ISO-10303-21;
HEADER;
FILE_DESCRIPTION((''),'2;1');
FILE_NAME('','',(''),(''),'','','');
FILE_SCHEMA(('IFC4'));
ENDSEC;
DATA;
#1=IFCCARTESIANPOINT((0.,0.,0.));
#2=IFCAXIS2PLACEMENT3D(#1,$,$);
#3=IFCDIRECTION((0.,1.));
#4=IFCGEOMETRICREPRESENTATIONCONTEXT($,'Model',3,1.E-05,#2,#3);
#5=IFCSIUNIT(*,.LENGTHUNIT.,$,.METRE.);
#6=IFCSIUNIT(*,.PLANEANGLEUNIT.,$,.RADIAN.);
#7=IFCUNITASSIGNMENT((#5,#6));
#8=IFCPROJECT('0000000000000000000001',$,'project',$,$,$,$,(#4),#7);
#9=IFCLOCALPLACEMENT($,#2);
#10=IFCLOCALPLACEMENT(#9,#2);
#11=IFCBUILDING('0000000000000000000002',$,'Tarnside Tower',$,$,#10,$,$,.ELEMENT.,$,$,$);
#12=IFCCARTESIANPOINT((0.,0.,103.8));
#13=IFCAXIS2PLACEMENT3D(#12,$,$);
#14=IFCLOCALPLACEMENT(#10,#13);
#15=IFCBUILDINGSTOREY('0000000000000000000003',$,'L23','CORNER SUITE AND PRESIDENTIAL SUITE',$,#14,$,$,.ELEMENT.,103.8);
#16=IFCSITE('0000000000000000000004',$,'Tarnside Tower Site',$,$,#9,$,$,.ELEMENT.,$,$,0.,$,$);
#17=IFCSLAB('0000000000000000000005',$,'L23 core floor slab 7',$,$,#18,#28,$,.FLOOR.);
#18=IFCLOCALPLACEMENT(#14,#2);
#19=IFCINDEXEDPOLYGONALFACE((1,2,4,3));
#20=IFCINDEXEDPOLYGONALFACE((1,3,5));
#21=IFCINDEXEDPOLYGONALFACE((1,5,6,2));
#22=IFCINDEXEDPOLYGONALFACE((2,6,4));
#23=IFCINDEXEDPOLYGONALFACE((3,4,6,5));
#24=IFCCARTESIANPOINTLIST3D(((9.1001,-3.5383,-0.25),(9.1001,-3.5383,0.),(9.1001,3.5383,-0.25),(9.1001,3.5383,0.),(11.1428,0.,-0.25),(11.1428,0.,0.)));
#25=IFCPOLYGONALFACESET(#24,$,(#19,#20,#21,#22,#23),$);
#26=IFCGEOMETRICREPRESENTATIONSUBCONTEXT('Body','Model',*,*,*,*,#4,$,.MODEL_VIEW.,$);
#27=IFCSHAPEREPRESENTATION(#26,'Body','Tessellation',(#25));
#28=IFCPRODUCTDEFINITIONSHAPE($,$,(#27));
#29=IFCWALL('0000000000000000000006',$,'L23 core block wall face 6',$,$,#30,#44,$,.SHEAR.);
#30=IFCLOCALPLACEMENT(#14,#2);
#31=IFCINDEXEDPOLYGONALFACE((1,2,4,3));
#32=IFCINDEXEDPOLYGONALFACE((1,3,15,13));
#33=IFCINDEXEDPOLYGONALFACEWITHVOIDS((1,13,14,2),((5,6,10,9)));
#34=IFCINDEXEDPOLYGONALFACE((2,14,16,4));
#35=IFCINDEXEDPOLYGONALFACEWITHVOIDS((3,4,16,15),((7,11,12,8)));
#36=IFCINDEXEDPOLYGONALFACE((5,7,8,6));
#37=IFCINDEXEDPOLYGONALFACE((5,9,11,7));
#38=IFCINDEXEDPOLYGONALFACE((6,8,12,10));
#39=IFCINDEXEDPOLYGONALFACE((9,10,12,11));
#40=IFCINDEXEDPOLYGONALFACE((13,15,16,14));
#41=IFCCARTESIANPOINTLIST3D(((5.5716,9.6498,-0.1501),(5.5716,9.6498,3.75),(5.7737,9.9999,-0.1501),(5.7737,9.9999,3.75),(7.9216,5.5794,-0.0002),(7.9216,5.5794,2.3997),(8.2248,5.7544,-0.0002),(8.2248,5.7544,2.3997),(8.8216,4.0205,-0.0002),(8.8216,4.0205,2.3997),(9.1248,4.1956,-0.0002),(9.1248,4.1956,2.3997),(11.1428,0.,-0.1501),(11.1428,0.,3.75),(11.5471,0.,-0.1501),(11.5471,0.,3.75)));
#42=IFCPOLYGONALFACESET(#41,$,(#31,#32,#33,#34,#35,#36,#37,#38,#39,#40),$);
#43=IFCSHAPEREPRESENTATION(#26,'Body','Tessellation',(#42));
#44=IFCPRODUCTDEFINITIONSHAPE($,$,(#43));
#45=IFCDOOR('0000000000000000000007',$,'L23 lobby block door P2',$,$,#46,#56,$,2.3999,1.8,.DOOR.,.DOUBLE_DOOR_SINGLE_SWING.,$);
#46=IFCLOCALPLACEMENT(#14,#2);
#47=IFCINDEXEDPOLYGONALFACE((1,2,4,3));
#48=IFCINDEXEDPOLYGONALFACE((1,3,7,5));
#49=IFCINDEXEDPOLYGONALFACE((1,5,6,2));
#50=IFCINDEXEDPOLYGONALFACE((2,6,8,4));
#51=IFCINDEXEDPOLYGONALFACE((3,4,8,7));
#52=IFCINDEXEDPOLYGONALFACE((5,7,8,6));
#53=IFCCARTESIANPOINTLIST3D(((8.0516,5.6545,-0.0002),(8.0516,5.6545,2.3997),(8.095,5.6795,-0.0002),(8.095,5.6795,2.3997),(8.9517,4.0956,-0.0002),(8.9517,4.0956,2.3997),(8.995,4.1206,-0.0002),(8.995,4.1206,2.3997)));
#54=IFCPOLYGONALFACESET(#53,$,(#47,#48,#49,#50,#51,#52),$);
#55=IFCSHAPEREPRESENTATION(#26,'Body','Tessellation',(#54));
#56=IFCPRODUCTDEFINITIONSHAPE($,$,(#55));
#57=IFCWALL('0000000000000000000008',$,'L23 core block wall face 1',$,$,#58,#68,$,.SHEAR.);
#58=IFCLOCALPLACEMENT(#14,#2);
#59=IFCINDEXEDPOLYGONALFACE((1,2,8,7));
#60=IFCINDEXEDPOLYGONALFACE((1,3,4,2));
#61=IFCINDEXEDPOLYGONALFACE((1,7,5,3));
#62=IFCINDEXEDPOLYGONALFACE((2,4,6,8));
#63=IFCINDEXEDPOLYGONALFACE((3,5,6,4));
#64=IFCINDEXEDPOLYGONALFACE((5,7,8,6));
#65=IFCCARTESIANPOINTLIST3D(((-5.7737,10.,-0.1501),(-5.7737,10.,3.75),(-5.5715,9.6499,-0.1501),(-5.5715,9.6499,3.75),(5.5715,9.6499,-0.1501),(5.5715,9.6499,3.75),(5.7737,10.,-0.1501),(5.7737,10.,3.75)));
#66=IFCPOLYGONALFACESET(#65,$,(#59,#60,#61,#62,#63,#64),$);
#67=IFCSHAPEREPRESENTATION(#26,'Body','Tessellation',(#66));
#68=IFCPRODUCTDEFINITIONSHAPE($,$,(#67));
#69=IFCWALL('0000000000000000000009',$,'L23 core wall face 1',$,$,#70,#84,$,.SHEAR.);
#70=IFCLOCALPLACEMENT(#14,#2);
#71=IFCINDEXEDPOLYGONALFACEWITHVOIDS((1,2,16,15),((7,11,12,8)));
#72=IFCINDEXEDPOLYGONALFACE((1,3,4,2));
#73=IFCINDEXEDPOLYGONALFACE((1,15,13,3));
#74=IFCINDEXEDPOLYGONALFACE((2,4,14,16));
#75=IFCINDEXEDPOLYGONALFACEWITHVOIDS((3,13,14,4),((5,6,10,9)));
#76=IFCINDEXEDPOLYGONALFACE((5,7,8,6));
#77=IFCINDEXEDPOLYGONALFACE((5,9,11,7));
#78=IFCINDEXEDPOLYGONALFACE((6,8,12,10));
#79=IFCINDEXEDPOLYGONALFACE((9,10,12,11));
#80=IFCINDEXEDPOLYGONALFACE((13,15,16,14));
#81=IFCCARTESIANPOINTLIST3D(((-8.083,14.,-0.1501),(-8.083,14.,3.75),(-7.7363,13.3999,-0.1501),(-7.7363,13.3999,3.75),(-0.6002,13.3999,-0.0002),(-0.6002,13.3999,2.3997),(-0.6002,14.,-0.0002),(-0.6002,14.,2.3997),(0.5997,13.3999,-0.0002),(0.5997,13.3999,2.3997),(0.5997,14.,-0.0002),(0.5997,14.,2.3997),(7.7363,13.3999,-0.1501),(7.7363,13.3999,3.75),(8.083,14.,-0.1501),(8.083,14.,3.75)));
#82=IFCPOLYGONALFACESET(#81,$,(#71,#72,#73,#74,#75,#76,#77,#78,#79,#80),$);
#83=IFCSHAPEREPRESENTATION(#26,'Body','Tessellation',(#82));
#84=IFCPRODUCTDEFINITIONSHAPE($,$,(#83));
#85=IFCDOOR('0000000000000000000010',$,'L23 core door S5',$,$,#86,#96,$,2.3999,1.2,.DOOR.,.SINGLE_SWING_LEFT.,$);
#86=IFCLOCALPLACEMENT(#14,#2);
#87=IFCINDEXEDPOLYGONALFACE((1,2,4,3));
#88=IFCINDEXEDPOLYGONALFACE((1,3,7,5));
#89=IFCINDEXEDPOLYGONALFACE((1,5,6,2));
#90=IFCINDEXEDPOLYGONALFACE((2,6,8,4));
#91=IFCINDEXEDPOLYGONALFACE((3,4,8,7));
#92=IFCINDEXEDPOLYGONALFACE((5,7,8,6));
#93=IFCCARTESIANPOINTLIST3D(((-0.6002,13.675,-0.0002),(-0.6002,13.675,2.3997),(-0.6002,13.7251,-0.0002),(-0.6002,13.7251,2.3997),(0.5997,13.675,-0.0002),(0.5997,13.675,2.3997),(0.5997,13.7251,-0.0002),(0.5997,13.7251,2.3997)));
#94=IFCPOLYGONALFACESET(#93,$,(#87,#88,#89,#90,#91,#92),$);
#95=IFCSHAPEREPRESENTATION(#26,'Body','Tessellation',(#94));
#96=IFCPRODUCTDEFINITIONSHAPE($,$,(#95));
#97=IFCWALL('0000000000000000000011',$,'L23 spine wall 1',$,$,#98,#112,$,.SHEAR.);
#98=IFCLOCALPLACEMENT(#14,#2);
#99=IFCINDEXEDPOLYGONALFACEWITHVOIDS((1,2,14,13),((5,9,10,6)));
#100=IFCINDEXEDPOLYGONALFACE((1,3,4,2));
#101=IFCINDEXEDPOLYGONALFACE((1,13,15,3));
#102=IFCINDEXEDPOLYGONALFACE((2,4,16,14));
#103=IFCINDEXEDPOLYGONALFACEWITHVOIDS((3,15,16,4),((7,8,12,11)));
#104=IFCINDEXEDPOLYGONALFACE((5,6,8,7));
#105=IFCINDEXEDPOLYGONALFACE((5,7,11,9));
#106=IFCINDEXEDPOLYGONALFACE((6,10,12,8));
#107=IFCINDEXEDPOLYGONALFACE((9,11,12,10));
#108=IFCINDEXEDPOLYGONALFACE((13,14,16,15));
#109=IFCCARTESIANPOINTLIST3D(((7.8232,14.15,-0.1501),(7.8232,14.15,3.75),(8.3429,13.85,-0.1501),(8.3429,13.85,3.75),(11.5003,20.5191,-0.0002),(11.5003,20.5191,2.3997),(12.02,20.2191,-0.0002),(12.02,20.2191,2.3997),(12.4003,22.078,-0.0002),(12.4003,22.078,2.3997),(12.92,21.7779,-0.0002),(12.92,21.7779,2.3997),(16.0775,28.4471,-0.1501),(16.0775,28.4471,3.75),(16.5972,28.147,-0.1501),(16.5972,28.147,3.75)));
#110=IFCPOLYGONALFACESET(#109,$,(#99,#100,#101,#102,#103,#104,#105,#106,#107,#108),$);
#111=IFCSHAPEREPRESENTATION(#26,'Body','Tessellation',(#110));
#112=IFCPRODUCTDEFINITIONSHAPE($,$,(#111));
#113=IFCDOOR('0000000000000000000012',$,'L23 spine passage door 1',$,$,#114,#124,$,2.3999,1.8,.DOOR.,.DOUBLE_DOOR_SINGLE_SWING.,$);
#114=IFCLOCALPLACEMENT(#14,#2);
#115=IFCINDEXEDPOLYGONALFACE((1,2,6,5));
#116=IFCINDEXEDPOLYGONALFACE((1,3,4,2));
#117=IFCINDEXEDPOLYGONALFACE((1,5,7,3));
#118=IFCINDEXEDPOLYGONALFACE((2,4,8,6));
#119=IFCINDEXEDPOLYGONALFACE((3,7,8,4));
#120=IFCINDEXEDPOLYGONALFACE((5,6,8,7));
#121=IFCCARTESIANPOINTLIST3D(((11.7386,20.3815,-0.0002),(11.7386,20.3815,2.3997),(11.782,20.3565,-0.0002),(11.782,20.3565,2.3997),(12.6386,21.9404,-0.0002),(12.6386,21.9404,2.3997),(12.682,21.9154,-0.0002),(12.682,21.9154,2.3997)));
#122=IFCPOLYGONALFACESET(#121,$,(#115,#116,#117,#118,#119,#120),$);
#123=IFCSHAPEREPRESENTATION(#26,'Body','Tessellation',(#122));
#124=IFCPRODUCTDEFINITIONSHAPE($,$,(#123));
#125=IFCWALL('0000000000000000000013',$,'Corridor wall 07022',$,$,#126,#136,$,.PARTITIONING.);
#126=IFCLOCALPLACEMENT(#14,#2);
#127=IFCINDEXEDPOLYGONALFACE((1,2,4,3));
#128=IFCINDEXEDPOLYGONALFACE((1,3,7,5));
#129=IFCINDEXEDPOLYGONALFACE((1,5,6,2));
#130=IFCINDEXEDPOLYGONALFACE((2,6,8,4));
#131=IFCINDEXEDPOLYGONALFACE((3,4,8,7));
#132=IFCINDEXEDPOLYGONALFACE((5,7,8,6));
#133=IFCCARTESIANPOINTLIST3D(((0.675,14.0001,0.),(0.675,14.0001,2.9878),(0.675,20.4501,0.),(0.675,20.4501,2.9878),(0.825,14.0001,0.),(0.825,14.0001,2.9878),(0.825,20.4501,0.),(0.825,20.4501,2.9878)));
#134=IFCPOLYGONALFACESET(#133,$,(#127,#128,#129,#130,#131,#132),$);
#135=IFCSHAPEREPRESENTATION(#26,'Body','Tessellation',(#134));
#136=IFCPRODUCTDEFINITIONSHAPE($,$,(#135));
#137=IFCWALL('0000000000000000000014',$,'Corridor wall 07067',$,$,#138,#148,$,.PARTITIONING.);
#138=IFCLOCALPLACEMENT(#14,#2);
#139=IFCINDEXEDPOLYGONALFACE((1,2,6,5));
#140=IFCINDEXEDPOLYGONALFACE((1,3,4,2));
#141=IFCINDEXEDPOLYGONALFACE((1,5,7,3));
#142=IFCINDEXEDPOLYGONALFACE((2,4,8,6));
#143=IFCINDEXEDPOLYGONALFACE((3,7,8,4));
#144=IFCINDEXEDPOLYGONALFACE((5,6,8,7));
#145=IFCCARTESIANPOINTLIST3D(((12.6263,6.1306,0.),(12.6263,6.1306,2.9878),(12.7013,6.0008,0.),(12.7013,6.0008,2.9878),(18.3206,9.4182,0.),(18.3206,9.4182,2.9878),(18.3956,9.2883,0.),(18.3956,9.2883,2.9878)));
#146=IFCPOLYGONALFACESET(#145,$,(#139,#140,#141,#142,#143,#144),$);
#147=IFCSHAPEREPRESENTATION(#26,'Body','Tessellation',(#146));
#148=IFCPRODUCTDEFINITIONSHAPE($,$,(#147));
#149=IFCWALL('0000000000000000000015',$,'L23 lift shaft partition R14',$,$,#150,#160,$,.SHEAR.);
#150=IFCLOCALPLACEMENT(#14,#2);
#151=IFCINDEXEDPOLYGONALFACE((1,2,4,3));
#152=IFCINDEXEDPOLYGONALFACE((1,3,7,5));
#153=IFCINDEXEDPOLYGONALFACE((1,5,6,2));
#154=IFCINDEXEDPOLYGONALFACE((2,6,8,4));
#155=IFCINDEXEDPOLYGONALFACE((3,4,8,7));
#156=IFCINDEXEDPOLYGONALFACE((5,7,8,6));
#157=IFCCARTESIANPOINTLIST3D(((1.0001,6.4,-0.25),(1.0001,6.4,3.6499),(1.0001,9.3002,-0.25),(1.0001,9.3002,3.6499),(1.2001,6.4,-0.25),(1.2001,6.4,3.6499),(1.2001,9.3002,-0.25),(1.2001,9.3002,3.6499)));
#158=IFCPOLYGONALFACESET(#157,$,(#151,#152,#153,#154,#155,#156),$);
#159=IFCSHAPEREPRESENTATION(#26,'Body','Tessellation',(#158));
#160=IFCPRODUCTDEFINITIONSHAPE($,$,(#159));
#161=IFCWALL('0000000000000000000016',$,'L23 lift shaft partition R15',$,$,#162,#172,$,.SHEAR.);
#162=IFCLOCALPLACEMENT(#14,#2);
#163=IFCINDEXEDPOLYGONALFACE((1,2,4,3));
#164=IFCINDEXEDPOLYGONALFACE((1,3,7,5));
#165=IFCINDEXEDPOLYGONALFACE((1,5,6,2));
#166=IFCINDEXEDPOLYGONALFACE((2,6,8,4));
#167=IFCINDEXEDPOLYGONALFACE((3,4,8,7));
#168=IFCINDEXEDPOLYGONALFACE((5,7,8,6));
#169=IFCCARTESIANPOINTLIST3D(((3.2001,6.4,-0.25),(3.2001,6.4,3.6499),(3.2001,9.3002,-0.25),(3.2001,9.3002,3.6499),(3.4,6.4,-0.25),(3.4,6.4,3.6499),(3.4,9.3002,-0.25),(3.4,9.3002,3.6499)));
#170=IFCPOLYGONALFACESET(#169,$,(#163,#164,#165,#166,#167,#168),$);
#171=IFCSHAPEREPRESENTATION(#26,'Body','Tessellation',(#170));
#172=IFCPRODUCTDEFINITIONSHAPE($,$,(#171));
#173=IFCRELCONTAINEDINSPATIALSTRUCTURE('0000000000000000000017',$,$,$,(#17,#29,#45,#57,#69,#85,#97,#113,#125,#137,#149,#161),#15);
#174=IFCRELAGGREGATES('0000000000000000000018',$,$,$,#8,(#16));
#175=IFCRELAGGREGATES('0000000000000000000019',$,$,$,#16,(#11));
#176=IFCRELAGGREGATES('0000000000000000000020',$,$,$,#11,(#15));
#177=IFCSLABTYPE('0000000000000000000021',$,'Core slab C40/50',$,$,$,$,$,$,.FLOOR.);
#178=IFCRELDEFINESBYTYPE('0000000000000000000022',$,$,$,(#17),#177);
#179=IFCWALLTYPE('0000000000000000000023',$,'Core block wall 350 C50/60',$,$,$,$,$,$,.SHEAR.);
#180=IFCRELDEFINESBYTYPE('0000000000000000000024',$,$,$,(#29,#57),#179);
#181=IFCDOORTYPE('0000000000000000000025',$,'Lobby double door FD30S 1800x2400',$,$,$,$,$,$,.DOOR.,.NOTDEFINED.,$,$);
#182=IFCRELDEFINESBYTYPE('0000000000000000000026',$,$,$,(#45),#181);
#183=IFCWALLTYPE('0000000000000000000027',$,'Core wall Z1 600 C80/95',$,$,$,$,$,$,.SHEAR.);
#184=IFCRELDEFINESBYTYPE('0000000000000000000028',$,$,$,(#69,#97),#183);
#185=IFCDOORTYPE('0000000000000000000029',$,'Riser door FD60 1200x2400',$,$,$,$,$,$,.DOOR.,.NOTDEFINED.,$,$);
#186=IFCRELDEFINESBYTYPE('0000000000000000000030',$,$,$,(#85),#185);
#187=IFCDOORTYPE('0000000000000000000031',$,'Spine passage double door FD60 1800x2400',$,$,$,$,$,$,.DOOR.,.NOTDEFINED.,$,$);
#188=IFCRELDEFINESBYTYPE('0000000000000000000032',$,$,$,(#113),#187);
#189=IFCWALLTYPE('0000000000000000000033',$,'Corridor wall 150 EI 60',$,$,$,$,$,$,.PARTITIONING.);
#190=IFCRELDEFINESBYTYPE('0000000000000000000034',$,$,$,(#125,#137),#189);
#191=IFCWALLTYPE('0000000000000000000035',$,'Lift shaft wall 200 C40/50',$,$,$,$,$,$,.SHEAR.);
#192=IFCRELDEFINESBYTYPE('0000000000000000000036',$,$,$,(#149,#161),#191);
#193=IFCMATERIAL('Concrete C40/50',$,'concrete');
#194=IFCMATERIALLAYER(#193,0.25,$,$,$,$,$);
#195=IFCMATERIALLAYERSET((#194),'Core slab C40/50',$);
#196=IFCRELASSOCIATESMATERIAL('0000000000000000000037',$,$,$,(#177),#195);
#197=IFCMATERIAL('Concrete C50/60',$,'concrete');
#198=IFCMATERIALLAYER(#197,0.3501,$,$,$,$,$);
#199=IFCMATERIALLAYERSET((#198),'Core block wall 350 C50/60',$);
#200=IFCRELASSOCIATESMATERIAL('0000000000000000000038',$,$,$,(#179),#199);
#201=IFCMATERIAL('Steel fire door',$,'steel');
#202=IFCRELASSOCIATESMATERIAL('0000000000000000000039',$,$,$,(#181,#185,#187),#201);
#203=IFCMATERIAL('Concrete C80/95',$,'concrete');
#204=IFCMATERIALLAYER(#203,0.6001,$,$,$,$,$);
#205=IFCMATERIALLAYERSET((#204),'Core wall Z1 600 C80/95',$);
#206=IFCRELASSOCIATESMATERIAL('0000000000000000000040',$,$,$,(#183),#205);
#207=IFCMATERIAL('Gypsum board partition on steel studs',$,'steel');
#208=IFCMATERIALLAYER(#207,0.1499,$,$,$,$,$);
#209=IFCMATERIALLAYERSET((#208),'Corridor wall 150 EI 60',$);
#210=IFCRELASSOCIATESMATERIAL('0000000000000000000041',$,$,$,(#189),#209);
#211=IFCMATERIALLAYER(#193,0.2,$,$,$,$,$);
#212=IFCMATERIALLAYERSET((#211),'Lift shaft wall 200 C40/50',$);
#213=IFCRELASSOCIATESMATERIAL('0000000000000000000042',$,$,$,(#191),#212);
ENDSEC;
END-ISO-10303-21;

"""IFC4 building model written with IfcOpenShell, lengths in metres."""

from ifc_helpers import new_model, si_unit, direction, frame, frame_2d, origin, place, context, subcontext, project, spatial, polyline, rectangle, outline, extrude, material, layer, layer_set, type_object, element, fill, save


model = new_model("IFC4")

# Units and contexts
model_context = context("Model", 3, precision=1e-05, world=origin(), true_north=direction((0.0, 1.0)))
body_context = subcontext(model_context, "Body", "Model", "MODEL_VIEW")
ifc_project = project(units=[si_unit("LENGTHUNIT", "METRE"), si_unit("PLANEANGLEUNIT", "RADIAN")], contexts=[model_context])

# Site, building, storey
site_placement = place(None, origin())
site = spatial("IfcSite", under=ifc_project, at=site_placement, Name="Tarnside Tower Site", CompositionType="ELEMENT", RefElevation=0.0)
building_placement = place(site_placement, origin())
building = spatial("IfcBuilding", under=site, at=building_placement, Name="Tarnside Tower", CompositionType="ELEMENT")
storey_placement = place(building_placement, frame((0.0, 0.0, 103.8)))
storey = spatial("IfcBuildingStorey", under=building, at=storey_placement, Name="L23", Description="CORNER SUITE AND PRESIDENTIAL SUITE", CompositionType="ELEMENT", Elevation=103.8)

# Slab
ifc_material_1 = material(Name="Concrete C40/50", Category="concrete")
ifc_layer_1 = layer(ifc_material_1, 0.25)
ifc_layer_set_1 = layer_set([ifc_layer_1], Name="Core slab C40/50")
slab_type = type_object("IfcSlabType", Name="Core slab C40/50", PredefinedType="FLOOR", material=ifc_layer_set_1)
slab_placement = place(storey_placement, frame((0.0, 0.0, -0.25)))
element("IfcSlab", 1, at=slab_placement, inside=storey, type_object=slab_type, Name="L23 core floor slab 7", PredefinedType="FLOOR", context=body_context, shape_type="SweptSolid", body=[
    extrude(outline(polyline([(9.1001, -3.5383), (9.1001, 3.5383), (11.1428, 0.0), (9.1001, -3.5383)])), origin(), (0.0, 0.0, 1.0), 0.25),
])

# Wall, opening, door
ifc_material_2 = material(Name="Concrete C50/60", Category="concrete")
ifc_layer_2 = layer(ifc_material_2, 0.3501)
ifc_layer_set_2 = layer_set([ifc_layer_2], Name="Core block wall 350 C50/60")
wall_type_1 = type_object("IfcWallType", Name="Core block wall 350 C50/60", PredefinedType="SHEAR", material=ifc_layer_set_2)
wall_1_placement = place(storey_placement, frame((11.345, 0.0, -0.1501), z_axis=(0.0, 0.0, 1.0), x_axis=(-0.499995, 0.866028, 0.0)))
wall_1 = element("IfcWall", 2, at=wall_1_placement, inside=storey, type_object=wall_type_1, Name="L23 core block wall face 6", PredefinedType="SHEAR", context=body_context, shape_type="SweptSolid", body=[
    extrude(outline(polyline([(-0.1011, -0.175), (11.4458, -0.175), (11.2437, 0.175), (0.1011, 0.175), (-0.1011, -0.175)])), origin(), (0.0, 0.0, 1.0), 3.9001),
])
opening_1_placement = place(wall_1_placement, frame((4.7437, 0.0, 0.1499)))
opening_1 = element("IfcOpeningElement", 3, at=opening_1_placement, cuts=wall_1, PredefinedType="OPENING", context=body_context, shape_type="SweptSolid", body=[
    extrude(rectangle(XDim=1.8, YDim=2.3999, at=frame_2d((0.8999, 1.2))), frame((0.0, 0.1851, 0.0), z_axis=(0.0, -1.0, 0.0), x_axis=(1.0, 0.0, 0.0)), (0.0, 0.0, 1.0), 0.3701),
])
ifc_material_3 = material(Name="Steel fire door", Category="steel")
door_type_1 = type_object("IfcDoorType", Name="Lobby double door FD30S 1800x2400", OperationType="NOTDEFINED", PredefinedType="DOOR", material=ifc_material_3)
door_1_placement = place(opening_1_placement, origin())
door_1 = element("IfcDoor", 4, at=door_1_placement, inside=storey, type_object=door_type_1, Name="L23 lobby block door P2", OperationType="DOUBLE_DOOR_SINGLE_SWING", OverallHeight=2.3999, OverallWidth=1.8, PredefinedType="DOOR", context=body_context, shape_type="SweptSolid", body=[
    extrude(rectangle(XDim=1.8, YDim=2.3999, at=frame_2d((0.8999, 1.2))), frame((0.0, 0.0249, 0.0), z_axis=(0.0, -1.0, 0.0), x_axis=(1.0, 0.0, 0.0)), (0.0, 0.0, 1.0), 0.05),
])
fill(opening_1, door_1)

# Wall
wall_2_placement = place(storey_placement, frame((5.6726, 9.825, -0.1501), z_axis=(0.0, 0.0, 1.0), x_axis=(-1.0, 0.0, 0.0)))
element("IfcWall", 5, at=wall_2_placement, inside=storey, type_object=wall_type_1, Name="L23 core block wall face 1", PredefinedType="SHEAR", context=body_context, shape_type="SweptSolid", body=[
    extrude(outline(polyline([(-0.1011, -0.175), (11.4463, -0.175), (11.2441, 0.175), (0.1011, 0.175), (-0.1011, -0.175)])), origin(), (0.0, 0.0, 1.0), 3.9001),
])

# Walls, openings, doors
ifc_material_4 = material(Name="Concrete C80/95", Category="concrete")
ifc_layer_3 = layer(ifc_material_4, 0.6001)
ifc_layer_set_3 = layer_set([ifc_layer_3], Name="Core wall Z1 600 C80/95")
wall_type_2 = type_object("IfcWallType", Name="Core wall Z1 600 C80/95", PredefinedType="SHEAR", material=ifc_layer_set_3)
wall_3_placement = place(storey_placement, frame((7.9097, 13.7, -0.1501), z_axis=(0.0, 0.0, 1.0), x_axis=(-1.0, 0.0, 0.0)))
wall_3 = element("IfcWall", 6, at=wall_3_placement, inside=storey, type_object=wall_type_2, Name="L23 core wall face 1", PredefinedType="SHEAR", context=body_context, shape_type="SweptSolid", body=[
    extrude(outline(polyline([(-0.1733, -0.3), (15.9927, -0.3), (15.646, 0.3), (0.1733, 0.3), (-0.1733, -0.3)])), origin(), (0.0, 0.0, 1.0), 3.9001),
])
opening_2_placement = place(wall_3_placement, frame((7.3098, 0.0, 0.1499)))
opening_2 = element("IfcOpeningElement", 7, at=opening_2_placement, cuts=wall_3, PredefinedType="OPENING", context=body_context, shape_type="SweptSolid", body=[
    extrude(rectangle(XDim=1.2, YDim=2.3999, at=frame_2d((0.6001, 1.2))), frame((0.0, 0.3101, 0.0), z_axis=(0.0, -1.0, 0.0), x_axis=(1.0, 0.0, 0.0)), (0.0, 0.0, 1.0), 0.6201),
])
door_type_2 = type_object("IfcDoorType", Name="Riser door FD60 1200x2400", OperationType="NOTDEFINED", PredefinedType="DOOR", material=ifc_material_3)
door_2_placement = place(opening_2_placement, origin())
door_2 = element("IfcDoor", 8, at=door_2_placement, inside=storey, type_object=door_type_2, Name="L23 core door S5", OperationType="SINGLE_SWING_LEFT", OverallHeight=2.3999, OverallWidth=1.2, PredefinedType="DOOR", context=body_context, shape_type="SweptSolid", body=[
    extrude(rectangle(XDim=1.2, YDim=2.3999, at=frame_2d((0.6001, 1.2))), frame((0.0, 0.0249, 0.0), z_axis=(0.0, -1.0, 0.0), x_axis=(1.0, 0.0, 0.0)), (0.0, 0.0, 1.0), 0.05),
])
fill(opening_2, door_2)
wall_4_placement = place(storey_placement, frame((8.083, 14.0, -0.1501), z_axis=(0.0, 0.0, 1.0), x_axis=(0.499998, 0.866027, 0.0)))
wall_4 = element("IfcWall", 9, at=wall_4_placement, inside=storey, type_object=wall_type_2, Name="L23 spine wall 1", PredefinedType="SHEAR", context=body_context, shape_type="SweptSolid", body=[
    extrude(rectangle(XDim=16.5088, YDim=0.6001, at=frame_2d((8.2544, 0.0))), origin(), (0.0, 0.0, 1.0), 3.9001),
])
opening_3_placement = place(wall_4_placement, frame((7.3545, 0.0, 0.1499)))
opening_3 = element("IfcOpeningElement", 10, at=opening_3_placement, cuts=wall_4, PredefinedType="OPENING", context=body_context, shape_type="SweptSolid", body=[
    extrude(rectangle(XDim=1.8, YDim=2.3999, at=frame_2d((0.8999, 1.2))), frame((0.0, 0.3101, 0.0), z_axis=(0.0, -1.0, 0.0), x_axis=(1.0, 0.0, 0.0)), (0.0, 0.0, 1.0), 0.6201),
])
door_type_3 = type_object("IfcDoorType", Name="Spine passage double door FD60 1800x2400", OperationType="NOTDEFINED", PredefinedType="DOOR", material=ifc_material_3)
door_3_placement = place(opening_3_placement, origin())
door_3 = element("IfcDoor", 11, at=door_3_placement, inside=storey, type_object=door_type_3, Name="L23 spine passage door 1", OperationType="DOUBLE_DOOR_SINGLE_SWING", OverallHeight=2.3999, OverallWidth=1.8, PredefinedType="DOOR", context=body_context, shape_type="SweptSolid", body=[
    extrude(rectangle(XDim=1.8, YDim=2.3999, at=frame_2d((0.8999, 1.2))), frame((0.0, 0.0249, 0.0), z_axis=(0.0, -1.0, 0.0), x_axis=(1.0, 0.0, 0.0)), (0.0, 0.0, 1.0), 0.05),
])
fill(opening_3, door_3)

# Walls
ifc_material_5 = material(Name="Gypsum board partition on steel studs", Category="steel")
ifc_layer_4 = layer(ifc_material_5, 0.1499)
ifc_layer_set_4 = layer_set([ifc_layer_4], Name="Corridor wall 150 EI 60")
wall_type_3 = type_object("IfcWallType", Name="Corridor wall 150 EI 60", PredefinedType="PARTITIONING", material=ifc_layer_set_4)
wall_5_placement = place(storey_placement, frame((0.75, 14.0, 0.0), z_axis=(0.0, 0.0, 1.0), x_axis=(0.0, 1.0, 0.0)))
element("IfcWall", 12, at=wall_5_placement, inside=storey, type_object=wall_type_3, Name="Corridor wall 07022", PredefinedType="PARTITIONING", context=body_context, shape_type="SweptSolid", body=[
    extrude(rectangle(XDim=6.45, YDim=0.1499, at=frame_2d((3.2251, 0.0))), origin(), (0.0, 0.0, 1.0), 2.9878),
])
wall_6_placement = place(storey_placement, frame((12.6638, 6.0657, 0.0), z_axis=(0.0, 0.0, 1.0), x_axis=(0.866027, 0.499997, 0.0)))
element("IfcWall", 13, at=wall_6_placement, inside=storey, type_object=wall_type_3, Name="Corridor wall 07067", PredefinedType="PARTITIONING", context=body_context, shape_type="SweptSolid", body=[
    extrude(rectangle(XDim=6.5752, YDim=0.1499, at=frame_2d((3.2876, 0.0))), origin(), (0.0, 0.0, 1.0), 2.9878),
])
ifc_layer_5 = layer(ifc_material_1, 0.2)
ifc_layer_set_5 = layer_set([ifc_layer_5], Name="Lift shaft wall 200 C40/50")
wall_type_4 = type_object("IfcWallType", Name="Lift shaft wall 200 C40/50", PredefinedType="SHEAR", material=ifc_layer_set_5)
for number, where, z_axis, x_axis, name in (
    (14, (1.1001, 6.3999, -0.25), (0.0, 0.0, 1.0), (0.0, 1.0, 0.0), "L23 lift shaft partition R14"),
    (15, (3.3, 6.3999, -0.25), (0.0, 0.0, 1.0), (0.0, 1.0, 0.0), "L23 lift shaft partition R15"),
):
    element("IfcWall", number, at=place(storey_placement, frame(where, z_axis=z_axis, x_axis=x_axis)), inside=storey, type_object=wall_type_4, Name=name, PredefinedType="SHEAR", context=body_context, shape_type="SweptSolid", body=[
        extrude(rectangle(XDim=2.9001, YDim=0.2, at=frame_2d((1.4502, 0.0))), origin(), (0.0, 0.0, 1.0), 3.8999),
    ])

save(model, "model.ifc")
